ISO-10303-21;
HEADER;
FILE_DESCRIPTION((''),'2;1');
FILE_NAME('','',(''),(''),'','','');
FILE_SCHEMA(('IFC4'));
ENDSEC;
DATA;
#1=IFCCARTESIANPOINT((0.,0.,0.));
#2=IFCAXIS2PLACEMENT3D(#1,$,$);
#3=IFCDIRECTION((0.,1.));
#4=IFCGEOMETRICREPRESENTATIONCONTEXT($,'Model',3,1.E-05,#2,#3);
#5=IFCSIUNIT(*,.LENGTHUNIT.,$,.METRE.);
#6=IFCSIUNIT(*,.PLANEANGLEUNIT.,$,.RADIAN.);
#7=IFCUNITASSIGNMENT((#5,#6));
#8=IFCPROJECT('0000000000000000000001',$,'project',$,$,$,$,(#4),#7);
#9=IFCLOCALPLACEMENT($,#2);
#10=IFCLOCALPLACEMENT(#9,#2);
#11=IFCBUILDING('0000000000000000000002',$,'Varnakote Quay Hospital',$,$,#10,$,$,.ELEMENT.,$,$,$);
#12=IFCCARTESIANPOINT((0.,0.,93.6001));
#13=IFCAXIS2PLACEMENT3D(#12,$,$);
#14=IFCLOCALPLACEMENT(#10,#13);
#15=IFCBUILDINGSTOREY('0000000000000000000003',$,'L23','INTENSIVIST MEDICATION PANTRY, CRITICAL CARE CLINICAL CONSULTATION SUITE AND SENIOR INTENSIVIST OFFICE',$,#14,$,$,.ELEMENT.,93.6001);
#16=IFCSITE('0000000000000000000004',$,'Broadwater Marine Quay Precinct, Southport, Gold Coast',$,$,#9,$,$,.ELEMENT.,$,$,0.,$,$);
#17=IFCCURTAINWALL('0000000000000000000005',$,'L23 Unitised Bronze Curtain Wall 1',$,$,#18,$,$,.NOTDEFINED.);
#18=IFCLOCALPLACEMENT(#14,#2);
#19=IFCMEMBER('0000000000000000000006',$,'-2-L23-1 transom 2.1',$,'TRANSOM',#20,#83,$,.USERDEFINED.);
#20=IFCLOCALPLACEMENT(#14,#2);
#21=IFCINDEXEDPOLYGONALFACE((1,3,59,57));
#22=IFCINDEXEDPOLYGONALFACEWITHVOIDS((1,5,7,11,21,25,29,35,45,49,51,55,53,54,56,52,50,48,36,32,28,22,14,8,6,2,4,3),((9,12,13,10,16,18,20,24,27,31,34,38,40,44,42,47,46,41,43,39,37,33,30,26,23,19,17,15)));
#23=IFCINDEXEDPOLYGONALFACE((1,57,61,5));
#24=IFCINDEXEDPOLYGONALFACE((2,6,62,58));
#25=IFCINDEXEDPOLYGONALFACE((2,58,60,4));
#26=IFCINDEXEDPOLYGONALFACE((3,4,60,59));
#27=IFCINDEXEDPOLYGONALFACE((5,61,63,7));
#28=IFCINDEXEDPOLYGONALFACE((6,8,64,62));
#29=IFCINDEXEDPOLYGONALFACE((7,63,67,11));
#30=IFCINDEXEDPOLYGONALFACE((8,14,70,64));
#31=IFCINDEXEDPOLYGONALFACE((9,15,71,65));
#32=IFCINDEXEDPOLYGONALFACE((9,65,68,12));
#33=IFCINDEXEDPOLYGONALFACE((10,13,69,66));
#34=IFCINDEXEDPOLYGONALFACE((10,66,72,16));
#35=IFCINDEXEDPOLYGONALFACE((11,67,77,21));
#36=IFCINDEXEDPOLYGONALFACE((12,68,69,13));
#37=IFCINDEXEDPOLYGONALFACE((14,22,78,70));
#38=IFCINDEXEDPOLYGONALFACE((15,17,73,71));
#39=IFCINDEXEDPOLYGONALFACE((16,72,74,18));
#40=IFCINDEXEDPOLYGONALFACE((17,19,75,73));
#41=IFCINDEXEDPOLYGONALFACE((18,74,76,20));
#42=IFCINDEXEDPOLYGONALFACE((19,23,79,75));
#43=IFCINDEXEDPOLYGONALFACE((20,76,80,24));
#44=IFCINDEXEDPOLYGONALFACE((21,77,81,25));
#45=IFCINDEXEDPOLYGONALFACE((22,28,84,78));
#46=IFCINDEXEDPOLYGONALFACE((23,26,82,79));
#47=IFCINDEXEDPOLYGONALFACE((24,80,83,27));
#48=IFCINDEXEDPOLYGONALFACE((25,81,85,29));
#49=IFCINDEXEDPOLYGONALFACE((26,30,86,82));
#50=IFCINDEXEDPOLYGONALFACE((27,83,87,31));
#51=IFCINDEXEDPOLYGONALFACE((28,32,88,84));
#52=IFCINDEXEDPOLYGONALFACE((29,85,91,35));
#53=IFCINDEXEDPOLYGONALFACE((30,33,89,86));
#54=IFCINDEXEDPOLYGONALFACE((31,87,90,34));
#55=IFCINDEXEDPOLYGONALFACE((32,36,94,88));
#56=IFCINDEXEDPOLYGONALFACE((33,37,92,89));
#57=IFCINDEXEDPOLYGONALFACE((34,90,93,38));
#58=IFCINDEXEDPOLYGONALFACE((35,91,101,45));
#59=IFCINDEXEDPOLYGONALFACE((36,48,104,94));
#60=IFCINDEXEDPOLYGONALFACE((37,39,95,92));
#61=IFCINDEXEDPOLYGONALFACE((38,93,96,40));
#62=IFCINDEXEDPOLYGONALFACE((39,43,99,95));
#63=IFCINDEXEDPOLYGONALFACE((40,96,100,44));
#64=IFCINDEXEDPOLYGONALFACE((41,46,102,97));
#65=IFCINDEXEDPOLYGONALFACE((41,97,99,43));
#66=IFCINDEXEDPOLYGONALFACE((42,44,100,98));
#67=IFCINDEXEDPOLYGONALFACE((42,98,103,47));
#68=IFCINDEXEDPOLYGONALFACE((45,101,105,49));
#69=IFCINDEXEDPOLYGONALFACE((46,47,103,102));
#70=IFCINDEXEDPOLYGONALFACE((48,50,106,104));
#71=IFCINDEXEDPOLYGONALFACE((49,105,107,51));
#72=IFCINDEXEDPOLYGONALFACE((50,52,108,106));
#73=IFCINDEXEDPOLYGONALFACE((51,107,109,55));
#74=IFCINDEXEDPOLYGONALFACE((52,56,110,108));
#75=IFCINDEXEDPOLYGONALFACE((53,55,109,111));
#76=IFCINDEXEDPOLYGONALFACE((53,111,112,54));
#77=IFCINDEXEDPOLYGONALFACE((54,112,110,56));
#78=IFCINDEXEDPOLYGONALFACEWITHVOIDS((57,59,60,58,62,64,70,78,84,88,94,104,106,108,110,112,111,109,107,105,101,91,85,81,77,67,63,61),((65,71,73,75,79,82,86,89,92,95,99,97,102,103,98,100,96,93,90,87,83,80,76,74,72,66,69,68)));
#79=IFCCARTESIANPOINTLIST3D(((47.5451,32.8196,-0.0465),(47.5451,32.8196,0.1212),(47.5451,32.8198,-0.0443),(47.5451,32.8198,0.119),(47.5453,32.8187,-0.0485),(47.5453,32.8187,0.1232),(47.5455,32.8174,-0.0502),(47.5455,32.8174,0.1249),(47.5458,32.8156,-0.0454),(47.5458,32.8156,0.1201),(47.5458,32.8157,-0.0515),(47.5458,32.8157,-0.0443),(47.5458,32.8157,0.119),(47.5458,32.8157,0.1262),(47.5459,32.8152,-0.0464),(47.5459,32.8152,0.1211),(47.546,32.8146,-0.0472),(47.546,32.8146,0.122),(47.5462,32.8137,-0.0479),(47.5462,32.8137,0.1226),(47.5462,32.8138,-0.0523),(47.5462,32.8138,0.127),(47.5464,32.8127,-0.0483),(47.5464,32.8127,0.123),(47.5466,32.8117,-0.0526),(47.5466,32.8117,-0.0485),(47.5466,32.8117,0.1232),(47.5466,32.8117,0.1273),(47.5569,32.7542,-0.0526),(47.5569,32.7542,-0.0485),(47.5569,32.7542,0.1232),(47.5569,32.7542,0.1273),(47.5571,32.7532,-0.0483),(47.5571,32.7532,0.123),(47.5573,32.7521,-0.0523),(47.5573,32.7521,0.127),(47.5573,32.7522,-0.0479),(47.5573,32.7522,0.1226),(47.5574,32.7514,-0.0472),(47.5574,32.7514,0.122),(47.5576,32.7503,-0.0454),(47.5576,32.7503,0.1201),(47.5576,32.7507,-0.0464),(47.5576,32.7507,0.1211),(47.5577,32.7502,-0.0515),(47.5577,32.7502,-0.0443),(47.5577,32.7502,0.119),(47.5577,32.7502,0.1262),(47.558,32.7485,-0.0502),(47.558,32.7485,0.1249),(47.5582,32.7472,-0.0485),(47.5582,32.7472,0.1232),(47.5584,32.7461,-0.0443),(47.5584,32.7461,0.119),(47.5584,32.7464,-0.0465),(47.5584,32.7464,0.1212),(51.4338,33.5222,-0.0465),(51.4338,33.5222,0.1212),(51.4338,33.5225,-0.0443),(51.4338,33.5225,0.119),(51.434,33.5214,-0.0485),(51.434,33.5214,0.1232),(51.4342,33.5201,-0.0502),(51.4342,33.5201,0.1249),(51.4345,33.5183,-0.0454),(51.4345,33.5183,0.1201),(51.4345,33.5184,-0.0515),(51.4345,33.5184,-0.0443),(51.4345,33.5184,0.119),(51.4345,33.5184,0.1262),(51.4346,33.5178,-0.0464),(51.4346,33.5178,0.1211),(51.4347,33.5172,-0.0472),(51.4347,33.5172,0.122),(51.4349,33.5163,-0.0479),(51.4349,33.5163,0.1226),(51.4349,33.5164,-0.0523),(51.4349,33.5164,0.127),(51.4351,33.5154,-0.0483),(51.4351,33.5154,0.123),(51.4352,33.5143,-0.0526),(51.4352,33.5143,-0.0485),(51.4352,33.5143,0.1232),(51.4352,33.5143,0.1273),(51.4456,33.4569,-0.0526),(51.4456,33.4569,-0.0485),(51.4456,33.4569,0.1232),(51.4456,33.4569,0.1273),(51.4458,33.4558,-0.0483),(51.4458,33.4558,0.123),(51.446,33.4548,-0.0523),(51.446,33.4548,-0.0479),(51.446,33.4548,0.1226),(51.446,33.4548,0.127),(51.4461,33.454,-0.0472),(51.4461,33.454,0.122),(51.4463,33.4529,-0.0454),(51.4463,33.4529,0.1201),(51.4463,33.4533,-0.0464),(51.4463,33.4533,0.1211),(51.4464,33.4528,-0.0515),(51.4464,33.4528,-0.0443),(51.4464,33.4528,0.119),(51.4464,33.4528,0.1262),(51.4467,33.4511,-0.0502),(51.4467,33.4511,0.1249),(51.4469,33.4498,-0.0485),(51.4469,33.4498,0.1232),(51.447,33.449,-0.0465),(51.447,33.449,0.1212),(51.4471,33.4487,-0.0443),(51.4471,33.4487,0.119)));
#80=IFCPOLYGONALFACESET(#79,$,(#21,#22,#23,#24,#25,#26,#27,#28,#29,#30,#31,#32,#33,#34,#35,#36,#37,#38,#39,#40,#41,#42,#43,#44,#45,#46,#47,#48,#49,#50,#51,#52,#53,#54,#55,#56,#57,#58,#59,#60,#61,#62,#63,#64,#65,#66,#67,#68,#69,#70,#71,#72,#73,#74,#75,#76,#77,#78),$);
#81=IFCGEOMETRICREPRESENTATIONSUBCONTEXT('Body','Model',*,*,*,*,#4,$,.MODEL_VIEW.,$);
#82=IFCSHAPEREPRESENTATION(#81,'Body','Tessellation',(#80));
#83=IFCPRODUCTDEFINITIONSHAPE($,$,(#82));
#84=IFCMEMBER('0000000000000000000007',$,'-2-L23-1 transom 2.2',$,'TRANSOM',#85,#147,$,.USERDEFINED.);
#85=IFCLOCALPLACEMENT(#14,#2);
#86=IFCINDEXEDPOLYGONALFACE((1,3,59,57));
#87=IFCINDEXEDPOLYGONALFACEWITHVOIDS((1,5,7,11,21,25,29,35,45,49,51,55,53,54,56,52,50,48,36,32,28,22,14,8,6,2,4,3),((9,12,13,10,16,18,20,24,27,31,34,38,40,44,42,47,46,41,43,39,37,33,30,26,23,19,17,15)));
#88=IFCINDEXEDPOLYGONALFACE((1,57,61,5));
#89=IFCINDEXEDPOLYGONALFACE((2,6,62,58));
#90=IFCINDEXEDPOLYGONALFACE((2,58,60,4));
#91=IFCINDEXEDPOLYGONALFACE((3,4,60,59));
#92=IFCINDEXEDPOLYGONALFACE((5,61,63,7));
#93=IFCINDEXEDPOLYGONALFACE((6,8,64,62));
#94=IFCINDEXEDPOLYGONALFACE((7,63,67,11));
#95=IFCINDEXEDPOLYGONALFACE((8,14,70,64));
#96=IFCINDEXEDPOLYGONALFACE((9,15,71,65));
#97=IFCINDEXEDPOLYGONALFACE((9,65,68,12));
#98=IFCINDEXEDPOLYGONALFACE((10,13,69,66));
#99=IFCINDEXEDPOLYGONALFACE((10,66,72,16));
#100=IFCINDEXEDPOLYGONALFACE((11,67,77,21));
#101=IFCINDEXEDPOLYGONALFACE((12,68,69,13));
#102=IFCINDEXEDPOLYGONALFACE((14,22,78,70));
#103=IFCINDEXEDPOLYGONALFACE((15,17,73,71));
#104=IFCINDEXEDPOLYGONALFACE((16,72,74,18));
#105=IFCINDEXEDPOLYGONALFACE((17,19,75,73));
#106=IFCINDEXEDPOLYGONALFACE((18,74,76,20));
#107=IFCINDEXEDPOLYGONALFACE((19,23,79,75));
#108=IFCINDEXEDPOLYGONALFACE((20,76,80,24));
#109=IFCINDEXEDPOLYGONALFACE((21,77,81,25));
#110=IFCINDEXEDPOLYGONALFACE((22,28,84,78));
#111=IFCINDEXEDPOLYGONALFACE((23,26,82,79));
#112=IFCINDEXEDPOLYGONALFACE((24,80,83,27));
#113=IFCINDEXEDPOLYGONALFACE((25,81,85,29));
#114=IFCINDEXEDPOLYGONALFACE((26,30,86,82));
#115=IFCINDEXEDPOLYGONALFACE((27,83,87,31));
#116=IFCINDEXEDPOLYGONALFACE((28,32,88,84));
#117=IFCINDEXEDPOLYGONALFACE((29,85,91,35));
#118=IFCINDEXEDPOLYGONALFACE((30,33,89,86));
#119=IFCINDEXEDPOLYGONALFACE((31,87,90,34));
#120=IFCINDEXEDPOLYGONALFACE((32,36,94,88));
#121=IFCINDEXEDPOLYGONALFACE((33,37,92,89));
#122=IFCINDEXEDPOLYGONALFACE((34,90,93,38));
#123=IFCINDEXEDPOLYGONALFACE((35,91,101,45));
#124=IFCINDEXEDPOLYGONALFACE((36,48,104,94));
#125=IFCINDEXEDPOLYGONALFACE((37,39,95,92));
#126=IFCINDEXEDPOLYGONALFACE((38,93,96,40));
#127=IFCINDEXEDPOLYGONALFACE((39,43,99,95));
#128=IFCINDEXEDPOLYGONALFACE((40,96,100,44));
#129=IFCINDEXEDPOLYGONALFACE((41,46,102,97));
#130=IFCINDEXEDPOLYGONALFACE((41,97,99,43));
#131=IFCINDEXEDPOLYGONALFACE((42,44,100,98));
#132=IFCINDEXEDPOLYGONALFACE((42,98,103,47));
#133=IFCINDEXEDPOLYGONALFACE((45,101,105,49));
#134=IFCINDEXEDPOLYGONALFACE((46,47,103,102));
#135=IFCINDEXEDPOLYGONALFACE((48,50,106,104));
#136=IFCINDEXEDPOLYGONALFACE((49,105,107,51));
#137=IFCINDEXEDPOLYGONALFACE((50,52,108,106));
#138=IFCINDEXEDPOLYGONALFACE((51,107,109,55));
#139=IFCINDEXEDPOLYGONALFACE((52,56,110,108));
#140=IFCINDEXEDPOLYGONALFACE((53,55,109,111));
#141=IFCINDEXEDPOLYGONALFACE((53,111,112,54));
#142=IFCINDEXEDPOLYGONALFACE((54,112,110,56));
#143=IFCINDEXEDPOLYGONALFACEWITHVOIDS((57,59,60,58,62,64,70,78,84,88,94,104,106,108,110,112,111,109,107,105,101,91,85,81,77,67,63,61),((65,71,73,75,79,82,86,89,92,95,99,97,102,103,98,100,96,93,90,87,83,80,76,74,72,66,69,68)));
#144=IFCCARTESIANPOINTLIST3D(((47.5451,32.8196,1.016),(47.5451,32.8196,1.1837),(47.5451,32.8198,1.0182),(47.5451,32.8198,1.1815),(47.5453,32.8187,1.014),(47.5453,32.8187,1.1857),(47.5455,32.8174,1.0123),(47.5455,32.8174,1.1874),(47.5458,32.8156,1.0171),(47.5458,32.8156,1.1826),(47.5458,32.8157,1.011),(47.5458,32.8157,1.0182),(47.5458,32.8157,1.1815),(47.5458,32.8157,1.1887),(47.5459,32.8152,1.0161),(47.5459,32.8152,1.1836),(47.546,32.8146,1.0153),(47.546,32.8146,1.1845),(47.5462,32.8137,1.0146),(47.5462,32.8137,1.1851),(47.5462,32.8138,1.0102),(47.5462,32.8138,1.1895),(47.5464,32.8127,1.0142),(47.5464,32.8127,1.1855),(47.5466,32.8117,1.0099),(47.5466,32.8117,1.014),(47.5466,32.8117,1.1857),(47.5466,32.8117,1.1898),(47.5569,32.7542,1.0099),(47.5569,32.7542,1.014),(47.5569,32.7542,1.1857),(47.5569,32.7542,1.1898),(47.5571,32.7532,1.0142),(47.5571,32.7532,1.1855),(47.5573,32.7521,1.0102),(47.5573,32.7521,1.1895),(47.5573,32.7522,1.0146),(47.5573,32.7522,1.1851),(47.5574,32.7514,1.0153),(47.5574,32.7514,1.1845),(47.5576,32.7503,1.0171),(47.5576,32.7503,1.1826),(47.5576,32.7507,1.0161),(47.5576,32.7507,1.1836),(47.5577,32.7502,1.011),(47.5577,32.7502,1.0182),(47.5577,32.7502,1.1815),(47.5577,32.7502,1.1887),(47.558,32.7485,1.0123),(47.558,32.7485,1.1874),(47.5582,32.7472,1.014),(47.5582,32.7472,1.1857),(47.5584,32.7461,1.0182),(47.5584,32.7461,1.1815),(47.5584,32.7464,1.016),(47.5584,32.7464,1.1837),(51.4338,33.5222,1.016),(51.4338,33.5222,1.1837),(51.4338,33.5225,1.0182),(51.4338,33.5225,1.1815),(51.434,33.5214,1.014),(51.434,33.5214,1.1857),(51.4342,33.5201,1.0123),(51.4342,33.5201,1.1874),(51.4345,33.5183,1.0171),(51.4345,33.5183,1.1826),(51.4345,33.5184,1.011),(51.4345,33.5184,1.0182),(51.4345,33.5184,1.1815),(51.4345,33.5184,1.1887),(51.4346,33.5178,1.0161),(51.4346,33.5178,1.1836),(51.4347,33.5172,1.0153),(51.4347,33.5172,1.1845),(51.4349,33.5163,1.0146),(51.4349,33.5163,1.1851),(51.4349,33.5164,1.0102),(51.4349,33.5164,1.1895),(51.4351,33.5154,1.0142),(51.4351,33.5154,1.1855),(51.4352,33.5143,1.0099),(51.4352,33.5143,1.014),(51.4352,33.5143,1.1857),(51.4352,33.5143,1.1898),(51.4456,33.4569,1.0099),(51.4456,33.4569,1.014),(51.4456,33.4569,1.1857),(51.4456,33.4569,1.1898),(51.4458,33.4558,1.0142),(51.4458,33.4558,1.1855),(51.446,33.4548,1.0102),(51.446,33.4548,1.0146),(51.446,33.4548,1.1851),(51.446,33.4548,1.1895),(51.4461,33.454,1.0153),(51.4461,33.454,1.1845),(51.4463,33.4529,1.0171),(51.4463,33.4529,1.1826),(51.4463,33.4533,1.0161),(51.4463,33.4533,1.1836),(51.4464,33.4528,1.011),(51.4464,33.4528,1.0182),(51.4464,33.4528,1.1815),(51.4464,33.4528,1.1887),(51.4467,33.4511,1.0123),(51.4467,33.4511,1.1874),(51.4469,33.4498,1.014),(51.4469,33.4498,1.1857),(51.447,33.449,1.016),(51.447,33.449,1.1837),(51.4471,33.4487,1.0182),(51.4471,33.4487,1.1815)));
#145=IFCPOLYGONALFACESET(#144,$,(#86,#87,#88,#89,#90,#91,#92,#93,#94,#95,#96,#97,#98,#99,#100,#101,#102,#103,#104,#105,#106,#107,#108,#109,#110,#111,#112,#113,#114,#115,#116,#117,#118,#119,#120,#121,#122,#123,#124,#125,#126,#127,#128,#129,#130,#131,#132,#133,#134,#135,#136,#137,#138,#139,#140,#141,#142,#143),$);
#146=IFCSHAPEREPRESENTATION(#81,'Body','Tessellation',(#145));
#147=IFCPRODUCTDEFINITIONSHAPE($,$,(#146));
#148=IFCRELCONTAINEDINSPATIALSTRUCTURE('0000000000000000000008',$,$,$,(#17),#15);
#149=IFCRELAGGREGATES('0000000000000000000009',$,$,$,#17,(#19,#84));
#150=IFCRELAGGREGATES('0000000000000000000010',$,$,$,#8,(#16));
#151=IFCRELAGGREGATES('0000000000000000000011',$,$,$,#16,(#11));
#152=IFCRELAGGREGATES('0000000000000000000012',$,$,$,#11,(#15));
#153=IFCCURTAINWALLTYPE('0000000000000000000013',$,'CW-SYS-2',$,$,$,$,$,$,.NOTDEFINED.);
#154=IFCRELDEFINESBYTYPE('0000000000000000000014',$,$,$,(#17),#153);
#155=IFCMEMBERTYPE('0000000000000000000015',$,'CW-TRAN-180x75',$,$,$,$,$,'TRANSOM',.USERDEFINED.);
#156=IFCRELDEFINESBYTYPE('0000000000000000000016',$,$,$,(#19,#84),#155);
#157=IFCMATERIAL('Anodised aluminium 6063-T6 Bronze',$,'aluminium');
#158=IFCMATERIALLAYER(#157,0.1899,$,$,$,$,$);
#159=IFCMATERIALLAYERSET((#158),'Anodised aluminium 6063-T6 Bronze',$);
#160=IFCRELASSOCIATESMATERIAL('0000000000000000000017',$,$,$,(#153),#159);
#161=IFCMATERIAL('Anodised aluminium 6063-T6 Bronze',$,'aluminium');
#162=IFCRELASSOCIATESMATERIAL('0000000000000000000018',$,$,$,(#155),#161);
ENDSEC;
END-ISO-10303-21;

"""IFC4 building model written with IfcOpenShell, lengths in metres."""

from ifc_helpers import new_model, si_unit, direction, frame, origin, origin_2d, place, context, subcontext, project, spatial, hollow_rectangle, extrude, material, layer, layer_set, material_profile, profile_set, type_object, element, aggregate, save


model = new_model("IFC4")

# Units and contexts
model_context = context("Model", 3, precision=1e-05, world=origin(), true_north=direction((0.0, 1.0)))
body_context = subcontext(model_context, "Body", "Model", "MODEL_VIEW")
ifc_project = project(units=[si_unit("LENGTHUNIT", "METRE"), si_unit("PLANEANGLEUNIT", "RADIAN")], contexts=[model_context])

# Site, building, storey
site_placement = place(None, origin())
site = spatial("IfcSite", under=ifc_project, at=site_placement, Name="Broadwater Marine Quay Precinct, Southport, Gold Coast", CompositionType="ELEMENT", RefElevation=0.0)
building_placement = place(site_placement, origin())
building = spatial("IfcBuilding", under=site, at=building_placement, Name="Varnakote Quay Hospital", CompositionType="ELEMENT")
storey_placement = place(building_placement, frame((0.0, 0.0, 93.6001)))
storey = spatial("IfcBuildingStorey", under=building, at=storey_placement, Name="L23", Description="INTENSIVIST MEDICATION PANTRY, CRITICAL CARE CLINICAL CONSULTATION SUITE AND SENIOR INTENSIVIST OFFICE", CompositionType="ELEMENT", Elevation=93.6001)

# Curtain wall, members
ifc_material_1 = material(Name="Anodised aluminium 6063-T6 Bronze", Category="aluminium")
ifc_layer_1 = layer(ifc_material_1, 0.1899)
ifc_layer_set_1 = layer_set([ifc_layer_1], Name="Anodised aluminium 6063-T6 Bronze")
curtain_wall_type = type_object("IfcCurtainWallType", Name="CW-SYS-2", PredefinedType="NOTDEFINED", material=ifc_layer_set_1)
curtain_wall_placement = place(storey_placement, origin())
curtain_wall = element("IfcCurtainWall", 1, at=curtain_wall_placement, inside=storey, type_object=curtain_wall_type, Name="L23 Unitised Bronze Curtain Wall 1", PredefinedType="NOTDEFINED")
ifc_material_2 = material(Name="Anodised aluminium 6063-T6 Bronze", Category="aluminium")
ifc_material_profile_1 = material_profile(ifc_material_2, hollow_rectangle(XDim=0.075, YDim=0.1799, WallThickness=0.0042, InnerFilletRadius=0.0042, OuterFilletRadius=0.0083, at=origin_2d()), Name="CW-TRAN-180x75")
ifc_profile_set_1 = profile_set([ifc_material_profile_1], Name="Anodised aluminium 6063-T6 Bronze")
member_type_1 = type_object("IfcMemberType", Name="CW-TRAN-180x75", ElementType="TRANSOM", PredefinedType="USERDEFINED", material=ifc_profile_set_1)
member_1_placement = place(storey_placement, frame((51.4404, 33.4856, 0.0374), z_axis=(-0.984065, -0.177809, 0.0), x_axis=(0.177809, -0.984065, 0.0)))
member_1 = element("IfcMember", 2, at=member_1_placement, type_object=member_type_1, Name="-2-L23-1 transom 2.1", ObjectType="TRANSOM", PredefinedType="USERDEFINED", context=body_context, shape_type="SweptSolid", body=[
    extrude(hollow_rectangle(XDim=0.075, YDim=0.1799, WallThickness=0.0042, InnerFilletRadius=0.0042, OuterFilletRadius=0.0083, at=origin_2d()), origin(), (0.0, 0.0, 1.0), 3.9517),
])
member_2_placement = place(storey_placement, frame((51.4404, 33.4856, 1.0999), z_axis=(-0.984065, -0.177809, 0.0), x_axis=(0.177809, -0.984065, 0.0)))
member_2 = element("IfcMember", 3, at=member_2_placement, type_object=member_type_1, Name="-2-L23-1 transom 2.2", ObjectType="TRANSOM", PredefinedType="USERDEFINED", context=body_context, shape_type="SweptSolid", body=[
    extrude(hollow_rectangle(XDim=0.075, YDim=0.1799, WallThickness=0.0042, InnerFilletRadius=0.0042, OuterFilletRadius=0.0083, at=origin_2d()), origin(), (0.0, 0.0, 1.0), 3.9517),
])
aggregate(curtain_wall, [member_1, member_2])

save(model, "model.ifc")
